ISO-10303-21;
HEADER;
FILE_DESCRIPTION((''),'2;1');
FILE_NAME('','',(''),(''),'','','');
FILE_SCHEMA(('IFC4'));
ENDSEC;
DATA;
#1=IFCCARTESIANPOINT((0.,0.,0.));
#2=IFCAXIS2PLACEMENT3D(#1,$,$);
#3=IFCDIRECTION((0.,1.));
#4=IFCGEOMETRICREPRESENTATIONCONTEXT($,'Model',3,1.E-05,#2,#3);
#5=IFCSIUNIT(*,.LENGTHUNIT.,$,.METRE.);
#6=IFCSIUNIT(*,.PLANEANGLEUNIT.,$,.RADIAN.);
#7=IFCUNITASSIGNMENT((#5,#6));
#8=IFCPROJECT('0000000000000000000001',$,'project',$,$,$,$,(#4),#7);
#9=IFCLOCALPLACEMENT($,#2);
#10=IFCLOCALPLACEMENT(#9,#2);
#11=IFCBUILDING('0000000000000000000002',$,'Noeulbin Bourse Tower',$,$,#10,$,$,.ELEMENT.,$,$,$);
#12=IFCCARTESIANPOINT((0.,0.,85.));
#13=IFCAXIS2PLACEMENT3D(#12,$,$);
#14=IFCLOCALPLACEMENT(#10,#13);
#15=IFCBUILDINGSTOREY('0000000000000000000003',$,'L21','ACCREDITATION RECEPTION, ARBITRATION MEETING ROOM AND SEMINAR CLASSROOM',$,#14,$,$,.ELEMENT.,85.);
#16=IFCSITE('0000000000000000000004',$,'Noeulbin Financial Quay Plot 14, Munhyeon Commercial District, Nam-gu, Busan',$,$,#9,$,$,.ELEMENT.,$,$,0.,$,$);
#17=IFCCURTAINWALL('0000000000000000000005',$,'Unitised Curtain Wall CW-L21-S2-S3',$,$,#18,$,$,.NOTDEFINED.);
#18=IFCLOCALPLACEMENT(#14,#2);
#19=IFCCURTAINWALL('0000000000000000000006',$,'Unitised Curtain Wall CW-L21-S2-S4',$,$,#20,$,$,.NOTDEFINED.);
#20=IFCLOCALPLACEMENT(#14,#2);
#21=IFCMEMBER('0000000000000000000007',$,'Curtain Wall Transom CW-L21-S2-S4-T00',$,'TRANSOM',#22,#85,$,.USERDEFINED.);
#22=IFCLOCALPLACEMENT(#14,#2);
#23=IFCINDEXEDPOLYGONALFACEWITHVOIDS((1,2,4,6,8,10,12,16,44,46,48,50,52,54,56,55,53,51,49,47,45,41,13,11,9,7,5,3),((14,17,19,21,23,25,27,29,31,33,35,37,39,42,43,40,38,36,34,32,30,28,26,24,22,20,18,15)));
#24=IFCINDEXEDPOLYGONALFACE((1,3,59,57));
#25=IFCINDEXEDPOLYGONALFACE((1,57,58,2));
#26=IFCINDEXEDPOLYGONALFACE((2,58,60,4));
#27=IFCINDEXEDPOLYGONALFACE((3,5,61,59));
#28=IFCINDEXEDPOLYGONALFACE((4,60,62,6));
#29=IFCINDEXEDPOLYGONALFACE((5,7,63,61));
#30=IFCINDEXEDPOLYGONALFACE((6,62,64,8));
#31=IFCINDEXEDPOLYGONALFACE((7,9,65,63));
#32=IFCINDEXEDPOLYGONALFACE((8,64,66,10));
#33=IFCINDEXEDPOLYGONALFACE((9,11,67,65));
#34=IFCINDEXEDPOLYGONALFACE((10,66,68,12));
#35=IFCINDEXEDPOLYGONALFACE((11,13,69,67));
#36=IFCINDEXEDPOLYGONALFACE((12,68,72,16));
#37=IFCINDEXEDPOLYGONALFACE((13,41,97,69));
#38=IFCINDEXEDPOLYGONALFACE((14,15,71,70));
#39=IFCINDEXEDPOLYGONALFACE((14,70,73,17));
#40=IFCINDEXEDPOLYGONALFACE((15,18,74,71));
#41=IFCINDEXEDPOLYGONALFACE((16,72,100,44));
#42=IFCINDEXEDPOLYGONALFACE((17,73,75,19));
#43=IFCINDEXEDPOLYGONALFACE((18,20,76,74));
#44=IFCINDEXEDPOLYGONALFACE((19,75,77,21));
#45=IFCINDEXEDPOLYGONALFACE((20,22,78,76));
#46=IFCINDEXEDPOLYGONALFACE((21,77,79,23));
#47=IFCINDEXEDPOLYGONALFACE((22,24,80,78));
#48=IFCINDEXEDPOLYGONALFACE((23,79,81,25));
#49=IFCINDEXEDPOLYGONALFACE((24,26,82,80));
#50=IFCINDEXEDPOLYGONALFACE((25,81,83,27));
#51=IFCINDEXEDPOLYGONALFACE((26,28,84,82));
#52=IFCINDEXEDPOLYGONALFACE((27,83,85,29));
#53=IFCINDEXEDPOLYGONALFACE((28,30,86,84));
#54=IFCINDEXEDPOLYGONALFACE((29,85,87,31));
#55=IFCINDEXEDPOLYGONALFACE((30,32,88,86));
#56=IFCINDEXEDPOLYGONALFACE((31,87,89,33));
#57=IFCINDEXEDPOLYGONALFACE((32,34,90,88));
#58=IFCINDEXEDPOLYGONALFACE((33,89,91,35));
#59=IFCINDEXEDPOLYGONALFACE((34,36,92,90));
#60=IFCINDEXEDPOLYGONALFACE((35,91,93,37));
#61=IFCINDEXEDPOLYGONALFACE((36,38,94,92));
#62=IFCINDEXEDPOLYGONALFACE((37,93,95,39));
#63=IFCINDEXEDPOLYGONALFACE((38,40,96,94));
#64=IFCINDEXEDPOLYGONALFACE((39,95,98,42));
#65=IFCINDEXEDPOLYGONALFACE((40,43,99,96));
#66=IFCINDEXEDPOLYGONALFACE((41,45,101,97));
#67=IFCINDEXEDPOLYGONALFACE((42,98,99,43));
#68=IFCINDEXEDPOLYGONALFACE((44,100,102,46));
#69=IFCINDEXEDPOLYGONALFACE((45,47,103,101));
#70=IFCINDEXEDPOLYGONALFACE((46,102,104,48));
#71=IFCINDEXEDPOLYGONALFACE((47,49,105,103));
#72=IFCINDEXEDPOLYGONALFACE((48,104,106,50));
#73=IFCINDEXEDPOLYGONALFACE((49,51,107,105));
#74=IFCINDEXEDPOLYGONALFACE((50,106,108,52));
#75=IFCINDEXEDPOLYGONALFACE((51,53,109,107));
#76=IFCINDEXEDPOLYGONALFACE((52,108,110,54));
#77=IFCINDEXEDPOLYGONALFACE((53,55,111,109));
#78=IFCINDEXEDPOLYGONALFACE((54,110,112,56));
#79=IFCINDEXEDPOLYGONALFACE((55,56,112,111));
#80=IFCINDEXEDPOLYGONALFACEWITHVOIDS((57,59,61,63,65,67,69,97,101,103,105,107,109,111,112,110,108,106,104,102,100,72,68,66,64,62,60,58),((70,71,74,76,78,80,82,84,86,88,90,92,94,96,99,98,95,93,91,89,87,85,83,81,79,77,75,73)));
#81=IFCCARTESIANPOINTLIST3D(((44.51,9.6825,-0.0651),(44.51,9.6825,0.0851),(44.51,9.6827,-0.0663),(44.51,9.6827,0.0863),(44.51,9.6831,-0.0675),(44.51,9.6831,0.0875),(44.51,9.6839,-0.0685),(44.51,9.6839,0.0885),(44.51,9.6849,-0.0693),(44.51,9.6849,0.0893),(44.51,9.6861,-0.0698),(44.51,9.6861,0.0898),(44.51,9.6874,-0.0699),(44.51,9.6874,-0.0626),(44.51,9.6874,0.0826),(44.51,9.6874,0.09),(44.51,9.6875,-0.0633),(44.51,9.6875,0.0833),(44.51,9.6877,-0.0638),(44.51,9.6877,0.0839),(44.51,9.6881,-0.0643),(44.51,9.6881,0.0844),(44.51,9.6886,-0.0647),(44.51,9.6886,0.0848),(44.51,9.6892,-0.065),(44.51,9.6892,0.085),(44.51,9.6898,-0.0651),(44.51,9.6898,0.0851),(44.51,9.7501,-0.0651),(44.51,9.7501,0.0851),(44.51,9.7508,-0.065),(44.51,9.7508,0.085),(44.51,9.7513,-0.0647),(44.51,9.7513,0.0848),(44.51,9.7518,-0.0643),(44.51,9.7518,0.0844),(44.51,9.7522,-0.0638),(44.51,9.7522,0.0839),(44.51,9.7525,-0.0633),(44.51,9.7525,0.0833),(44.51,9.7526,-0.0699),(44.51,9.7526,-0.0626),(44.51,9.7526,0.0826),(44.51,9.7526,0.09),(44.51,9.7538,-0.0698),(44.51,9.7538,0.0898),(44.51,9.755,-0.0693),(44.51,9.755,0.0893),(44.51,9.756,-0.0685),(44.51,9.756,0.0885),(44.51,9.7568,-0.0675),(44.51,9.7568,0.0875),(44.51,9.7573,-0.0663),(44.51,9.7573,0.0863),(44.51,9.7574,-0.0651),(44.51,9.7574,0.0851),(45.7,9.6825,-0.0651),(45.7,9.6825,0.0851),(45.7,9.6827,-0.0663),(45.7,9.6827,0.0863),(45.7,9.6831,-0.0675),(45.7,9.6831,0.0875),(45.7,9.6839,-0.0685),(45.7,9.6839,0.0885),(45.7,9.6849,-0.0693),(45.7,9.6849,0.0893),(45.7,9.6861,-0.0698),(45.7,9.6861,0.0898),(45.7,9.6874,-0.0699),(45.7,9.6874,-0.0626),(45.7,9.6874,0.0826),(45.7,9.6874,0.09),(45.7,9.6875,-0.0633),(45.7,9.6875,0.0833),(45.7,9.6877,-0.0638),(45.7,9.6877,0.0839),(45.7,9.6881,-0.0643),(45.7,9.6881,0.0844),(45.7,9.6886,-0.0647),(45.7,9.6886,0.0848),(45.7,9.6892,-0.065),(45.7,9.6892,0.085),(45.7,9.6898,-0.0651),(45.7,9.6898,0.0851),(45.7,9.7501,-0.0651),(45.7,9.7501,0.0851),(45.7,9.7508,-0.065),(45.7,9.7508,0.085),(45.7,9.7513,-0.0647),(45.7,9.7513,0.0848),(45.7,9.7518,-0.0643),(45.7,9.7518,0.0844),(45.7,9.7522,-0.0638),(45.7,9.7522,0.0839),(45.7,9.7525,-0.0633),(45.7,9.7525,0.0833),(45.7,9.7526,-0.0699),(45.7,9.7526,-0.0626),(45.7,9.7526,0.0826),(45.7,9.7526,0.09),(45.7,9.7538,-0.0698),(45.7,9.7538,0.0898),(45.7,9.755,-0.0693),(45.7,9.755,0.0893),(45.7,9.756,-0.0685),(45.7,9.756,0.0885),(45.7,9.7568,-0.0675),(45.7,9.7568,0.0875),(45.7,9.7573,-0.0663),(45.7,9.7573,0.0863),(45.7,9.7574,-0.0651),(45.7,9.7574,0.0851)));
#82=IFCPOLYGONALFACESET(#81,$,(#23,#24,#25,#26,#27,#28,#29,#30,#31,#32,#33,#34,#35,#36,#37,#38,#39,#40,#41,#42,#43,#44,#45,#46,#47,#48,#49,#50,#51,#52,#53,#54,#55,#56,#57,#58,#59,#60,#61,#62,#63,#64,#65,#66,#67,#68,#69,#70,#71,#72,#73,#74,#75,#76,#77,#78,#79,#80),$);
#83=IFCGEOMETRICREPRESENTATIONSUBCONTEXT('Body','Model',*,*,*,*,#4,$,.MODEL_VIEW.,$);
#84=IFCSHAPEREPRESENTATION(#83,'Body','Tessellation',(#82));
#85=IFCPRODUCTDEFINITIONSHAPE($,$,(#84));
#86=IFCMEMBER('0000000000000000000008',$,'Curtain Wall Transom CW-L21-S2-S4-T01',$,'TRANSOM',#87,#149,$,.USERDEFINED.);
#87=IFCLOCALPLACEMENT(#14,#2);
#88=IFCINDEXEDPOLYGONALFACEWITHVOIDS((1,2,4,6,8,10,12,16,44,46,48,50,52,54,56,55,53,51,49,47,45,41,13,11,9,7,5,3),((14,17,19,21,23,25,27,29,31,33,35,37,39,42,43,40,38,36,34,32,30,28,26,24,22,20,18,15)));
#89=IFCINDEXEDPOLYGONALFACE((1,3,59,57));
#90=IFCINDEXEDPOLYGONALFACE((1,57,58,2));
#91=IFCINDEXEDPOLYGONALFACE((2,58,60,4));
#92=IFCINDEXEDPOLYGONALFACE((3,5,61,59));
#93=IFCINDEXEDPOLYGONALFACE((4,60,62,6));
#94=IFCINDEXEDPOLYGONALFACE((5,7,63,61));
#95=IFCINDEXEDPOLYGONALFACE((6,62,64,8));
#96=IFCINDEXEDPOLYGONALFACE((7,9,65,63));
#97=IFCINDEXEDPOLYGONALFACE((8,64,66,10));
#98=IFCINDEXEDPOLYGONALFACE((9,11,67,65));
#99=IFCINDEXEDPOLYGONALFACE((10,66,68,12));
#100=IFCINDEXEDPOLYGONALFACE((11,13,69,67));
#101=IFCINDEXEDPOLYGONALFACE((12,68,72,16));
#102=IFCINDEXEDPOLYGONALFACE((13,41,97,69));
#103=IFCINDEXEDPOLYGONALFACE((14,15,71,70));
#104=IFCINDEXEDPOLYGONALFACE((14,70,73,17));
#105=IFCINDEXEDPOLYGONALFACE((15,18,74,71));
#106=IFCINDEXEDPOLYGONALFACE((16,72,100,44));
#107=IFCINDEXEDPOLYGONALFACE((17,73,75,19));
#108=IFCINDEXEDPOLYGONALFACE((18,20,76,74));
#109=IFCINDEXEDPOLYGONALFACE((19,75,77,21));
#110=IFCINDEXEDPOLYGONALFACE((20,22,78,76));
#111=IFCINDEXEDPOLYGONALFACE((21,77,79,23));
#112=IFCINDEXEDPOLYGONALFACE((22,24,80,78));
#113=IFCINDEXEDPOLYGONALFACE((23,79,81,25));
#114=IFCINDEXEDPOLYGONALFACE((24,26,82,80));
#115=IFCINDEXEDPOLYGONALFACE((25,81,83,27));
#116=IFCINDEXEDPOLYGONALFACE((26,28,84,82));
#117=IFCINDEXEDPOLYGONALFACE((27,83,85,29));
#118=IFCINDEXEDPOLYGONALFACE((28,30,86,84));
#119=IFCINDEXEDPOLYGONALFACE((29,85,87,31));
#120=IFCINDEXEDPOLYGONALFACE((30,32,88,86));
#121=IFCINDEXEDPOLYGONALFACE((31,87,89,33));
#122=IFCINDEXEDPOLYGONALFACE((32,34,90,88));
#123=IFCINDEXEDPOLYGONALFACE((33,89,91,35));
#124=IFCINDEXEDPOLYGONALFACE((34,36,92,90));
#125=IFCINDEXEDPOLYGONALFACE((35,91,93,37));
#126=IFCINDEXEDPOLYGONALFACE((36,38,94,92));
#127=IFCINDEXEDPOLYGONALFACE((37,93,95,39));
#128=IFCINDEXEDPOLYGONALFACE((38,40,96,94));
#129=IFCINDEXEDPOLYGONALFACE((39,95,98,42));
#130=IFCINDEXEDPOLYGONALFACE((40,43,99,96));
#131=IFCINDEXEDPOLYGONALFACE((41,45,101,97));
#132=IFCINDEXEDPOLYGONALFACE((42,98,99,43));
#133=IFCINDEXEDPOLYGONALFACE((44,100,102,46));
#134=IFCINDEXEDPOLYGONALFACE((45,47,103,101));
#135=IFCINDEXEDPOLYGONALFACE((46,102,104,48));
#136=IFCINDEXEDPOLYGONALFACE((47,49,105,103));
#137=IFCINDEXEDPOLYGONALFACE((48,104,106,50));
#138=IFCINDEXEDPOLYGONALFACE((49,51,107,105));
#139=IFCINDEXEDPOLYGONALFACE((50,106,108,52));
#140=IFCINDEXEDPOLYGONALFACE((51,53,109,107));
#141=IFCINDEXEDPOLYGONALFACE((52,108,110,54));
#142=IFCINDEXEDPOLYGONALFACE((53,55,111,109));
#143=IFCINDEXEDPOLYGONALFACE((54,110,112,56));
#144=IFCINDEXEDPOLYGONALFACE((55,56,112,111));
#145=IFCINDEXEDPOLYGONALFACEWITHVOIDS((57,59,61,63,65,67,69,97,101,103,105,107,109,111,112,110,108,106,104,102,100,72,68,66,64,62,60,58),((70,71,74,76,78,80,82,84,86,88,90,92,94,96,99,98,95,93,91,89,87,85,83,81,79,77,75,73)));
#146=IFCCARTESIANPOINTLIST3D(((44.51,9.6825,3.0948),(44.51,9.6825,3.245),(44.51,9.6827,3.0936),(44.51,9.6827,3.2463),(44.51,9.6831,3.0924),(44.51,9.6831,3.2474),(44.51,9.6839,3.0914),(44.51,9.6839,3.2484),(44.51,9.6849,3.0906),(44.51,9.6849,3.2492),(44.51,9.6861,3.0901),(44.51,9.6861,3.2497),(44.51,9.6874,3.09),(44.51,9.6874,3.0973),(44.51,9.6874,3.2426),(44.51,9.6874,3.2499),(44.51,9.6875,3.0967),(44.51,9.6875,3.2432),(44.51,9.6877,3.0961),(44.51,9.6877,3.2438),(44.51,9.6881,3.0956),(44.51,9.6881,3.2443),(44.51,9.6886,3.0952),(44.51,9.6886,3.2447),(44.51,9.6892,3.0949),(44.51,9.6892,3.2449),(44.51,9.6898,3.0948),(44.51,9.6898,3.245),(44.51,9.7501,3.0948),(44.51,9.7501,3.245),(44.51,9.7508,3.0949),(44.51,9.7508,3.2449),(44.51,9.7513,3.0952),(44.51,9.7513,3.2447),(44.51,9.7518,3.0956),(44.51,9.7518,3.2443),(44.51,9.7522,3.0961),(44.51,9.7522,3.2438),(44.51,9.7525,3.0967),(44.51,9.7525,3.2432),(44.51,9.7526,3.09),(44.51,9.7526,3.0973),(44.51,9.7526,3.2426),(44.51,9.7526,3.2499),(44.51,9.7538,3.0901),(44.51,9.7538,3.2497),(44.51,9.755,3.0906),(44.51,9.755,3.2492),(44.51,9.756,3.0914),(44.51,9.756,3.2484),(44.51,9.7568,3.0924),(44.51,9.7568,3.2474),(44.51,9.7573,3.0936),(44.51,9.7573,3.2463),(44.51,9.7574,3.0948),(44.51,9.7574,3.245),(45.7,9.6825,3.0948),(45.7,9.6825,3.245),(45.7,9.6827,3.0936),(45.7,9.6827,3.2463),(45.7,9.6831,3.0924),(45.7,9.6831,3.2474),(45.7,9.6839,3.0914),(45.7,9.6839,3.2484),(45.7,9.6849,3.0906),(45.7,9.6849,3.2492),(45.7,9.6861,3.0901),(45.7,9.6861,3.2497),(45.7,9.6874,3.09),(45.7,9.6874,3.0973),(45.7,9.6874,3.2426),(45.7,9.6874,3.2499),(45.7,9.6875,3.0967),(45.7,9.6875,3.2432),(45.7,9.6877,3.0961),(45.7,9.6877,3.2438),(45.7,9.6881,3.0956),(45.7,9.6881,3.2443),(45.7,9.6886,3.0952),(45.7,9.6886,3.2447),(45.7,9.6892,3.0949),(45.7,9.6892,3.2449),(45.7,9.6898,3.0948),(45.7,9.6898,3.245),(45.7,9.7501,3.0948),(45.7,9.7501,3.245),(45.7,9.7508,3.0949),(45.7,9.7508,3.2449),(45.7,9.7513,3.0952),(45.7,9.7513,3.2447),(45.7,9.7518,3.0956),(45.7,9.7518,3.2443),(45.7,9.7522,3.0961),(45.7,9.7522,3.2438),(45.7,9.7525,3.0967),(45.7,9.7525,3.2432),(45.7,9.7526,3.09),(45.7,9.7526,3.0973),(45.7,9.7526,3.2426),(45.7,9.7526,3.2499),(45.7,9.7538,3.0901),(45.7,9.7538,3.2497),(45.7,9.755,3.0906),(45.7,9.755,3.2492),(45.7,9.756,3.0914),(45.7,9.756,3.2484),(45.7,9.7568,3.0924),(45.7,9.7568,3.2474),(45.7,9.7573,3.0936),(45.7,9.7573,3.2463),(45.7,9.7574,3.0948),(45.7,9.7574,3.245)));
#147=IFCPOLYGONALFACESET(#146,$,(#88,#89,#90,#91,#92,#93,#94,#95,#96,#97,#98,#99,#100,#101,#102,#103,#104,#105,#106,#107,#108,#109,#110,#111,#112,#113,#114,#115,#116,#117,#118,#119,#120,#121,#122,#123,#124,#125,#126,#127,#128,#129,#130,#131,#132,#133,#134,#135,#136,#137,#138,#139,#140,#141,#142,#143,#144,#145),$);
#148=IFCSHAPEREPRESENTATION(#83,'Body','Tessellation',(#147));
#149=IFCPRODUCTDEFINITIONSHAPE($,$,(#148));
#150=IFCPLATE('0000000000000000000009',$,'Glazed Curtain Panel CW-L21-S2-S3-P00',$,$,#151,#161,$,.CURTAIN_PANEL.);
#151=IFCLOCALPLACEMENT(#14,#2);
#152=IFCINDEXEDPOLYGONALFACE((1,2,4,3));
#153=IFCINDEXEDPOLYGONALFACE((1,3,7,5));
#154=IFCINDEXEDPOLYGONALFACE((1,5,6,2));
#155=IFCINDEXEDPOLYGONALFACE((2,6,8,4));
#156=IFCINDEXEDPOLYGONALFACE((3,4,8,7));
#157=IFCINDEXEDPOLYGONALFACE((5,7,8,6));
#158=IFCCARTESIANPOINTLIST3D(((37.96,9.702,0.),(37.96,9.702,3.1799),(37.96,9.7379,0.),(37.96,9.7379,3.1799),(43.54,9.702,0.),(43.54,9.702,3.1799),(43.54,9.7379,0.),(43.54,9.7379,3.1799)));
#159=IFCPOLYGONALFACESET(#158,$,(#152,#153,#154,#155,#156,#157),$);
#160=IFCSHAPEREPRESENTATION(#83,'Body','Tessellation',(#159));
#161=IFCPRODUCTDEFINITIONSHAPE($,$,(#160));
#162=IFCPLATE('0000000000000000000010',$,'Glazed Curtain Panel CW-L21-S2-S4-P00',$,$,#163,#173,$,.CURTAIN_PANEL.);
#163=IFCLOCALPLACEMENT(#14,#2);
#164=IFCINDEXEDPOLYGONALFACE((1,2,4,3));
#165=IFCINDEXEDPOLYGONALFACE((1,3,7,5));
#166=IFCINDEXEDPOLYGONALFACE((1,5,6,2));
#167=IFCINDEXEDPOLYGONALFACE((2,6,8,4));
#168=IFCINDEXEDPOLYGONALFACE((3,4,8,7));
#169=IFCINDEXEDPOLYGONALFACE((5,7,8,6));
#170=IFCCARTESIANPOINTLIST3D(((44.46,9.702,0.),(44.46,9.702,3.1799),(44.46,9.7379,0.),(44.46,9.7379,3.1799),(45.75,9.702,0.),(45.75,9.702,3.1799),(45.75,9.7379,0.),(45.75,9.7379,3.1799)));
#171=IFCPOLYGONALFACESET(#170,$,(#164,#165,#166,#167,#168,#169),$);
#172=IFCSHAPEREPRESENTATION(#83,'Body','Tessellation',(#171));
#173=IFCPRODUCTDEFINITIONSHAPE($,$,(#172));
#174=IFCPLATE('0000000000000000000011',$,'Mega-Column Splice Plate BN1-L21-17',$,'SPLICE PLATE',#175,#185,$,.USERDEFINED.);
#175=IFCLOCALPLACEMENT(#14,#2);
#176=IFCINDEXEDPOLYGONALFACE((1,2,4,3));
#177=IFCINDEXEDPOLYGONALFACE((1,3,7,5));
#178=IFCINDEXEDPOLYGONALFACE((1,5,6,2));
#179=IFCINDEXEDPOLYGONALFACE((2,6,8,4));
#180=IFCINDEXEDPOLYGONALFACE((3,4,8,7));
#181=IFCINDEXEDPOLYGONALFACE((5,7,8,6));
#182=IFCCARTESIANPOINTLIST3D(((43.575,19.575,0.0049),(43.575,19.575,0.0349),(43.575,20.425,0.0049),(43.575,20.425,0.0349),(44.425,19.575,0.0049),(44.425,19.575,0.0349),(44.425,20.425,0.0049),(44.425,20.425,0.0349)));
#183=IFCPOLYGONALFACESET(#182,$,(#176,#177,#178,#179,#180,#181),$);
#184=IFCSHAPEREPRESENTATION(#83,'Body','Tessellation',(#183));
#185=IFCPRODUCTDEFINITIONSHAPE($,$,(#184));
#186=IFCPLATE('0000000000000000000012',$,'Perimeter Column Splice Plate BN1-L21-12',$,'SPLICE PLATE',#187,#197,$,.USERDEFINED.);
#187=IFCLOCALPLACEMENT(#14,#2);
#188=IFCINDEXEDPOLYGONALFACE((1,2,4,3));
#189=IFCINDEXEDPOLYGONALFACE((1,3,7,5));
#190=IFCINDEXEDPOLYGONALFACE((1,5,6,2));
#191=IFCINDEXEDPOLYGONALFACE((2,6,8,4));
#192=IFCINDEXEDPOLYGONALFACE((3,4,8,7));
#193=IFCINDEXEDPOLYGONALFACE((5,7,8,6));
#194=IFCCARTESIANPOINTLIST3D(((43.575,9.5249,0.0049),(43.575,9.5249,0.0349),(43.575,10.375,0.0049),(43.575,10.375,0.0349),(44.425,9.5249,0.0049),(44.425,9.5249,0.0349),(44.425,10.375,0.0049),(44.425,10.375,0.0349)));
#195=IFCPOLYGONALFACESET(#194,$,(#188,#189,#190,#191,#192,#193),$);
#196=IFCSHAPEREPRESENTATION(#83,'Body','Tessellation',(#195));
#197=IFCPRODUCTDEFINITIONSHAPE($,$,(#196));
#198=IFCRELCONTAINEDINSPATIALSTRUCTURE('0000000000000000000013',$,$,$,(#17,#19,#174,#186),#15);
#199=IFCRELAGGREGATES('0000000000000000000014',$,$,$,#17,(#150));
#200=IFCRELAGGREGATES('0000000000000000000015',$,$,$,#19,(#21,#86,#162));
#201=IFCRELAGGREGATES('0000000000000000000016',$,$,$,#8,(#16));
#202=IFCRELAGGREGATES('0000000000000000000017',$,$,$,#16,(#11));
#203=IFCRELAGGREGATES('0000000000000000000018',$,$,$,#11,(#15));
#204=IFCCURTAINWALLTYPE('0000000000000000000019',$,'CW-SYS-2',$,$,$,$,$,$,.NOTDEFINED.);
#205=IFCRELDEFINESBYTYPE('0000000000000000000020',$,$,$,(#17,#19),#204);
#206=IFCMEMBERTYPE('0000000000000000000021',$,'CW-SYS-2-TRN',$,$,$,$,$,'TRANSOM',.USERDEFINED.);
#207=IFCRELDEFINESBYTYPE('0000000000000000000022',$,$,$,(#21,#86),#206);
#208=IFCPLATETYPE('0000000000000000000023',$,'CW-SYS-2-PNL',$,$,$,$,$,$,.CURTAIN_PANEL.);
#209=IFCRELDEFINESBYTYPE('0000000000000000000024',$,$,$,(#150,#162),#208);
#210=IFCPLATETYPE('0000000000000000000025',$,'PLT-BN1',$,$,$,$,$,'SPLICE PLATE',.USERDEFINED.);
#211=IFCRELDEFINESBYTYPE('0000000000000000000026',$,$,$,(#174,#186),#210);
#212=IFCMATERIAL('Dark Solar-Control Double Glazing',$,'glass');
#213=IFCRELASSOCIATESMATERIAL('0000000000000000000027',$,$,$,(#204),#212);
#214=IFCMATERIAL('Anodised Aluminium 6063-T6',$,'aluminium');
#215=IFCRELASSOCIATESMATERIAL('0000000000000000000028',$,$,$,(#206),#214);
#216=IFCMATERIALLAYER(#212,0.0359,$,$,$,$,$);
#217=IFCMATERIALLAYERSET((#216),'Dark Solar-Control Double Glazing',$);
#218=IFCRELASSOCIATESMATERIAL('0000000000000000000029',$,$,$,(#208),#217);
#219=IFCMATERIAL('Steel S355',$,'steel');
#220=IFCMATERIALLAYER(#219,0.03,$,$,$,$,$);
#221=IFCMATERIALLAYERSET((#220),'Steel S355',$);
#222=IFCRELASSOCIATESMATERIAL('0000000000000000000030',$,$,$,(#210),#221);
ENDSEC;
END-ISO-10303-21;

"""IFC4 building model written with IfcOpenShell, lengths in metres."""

from ifc_helpers import new_model, si_unit, direction, frame, origin, origin_2d, place, context, subcontext, project, spatial, rectangle, hollow_rectangle, extrude, material, layer, layer_set, material_profile, profile_set, type_object, element, aggregate, save


model = new_model("IFC4")

# Units and contexts
model_context = context("Model", 3, precision=1e-05, world=origin(), true_north=direction((0.0, 1.0)))
body_context = subcontext(model_context, "Body", "Model", "MODEL_VIEW")
ifc_project = project(units=[si_unit("LENGTHUNIT", "METRE"), si_unit("PLANEANGLEUNIT", "RADIAN")], contexts=[model_context])

# Site, building, storey
site_placement = place(None, origin())
site = spatial("IfcSite", under=ifc_project, at=site_placement, Name="Noeulbin Financial Quay Plot 14, Munhyeon Commercial District, Nam-gu, Busan", CompositionType="ELEMENT", RefElevation=0.0)
building_placement = place(site_placement, origin())
building = spatial("IfcBuilding", under=site, at=building_placement, Name="Noeulbin Bourse Tower", CompositionType="ELEMENT")
storey_placement = place(building_placement, frame((0.0, 0.0, 85.0)))
storey = spatial("IfcBuildingStorey", under=building, at=storey_placement, Name="L21", Description="ACCREDITATION RECEPTION, ARBITRATION MEETING ROOM AND SEMINAR CLASSROOM", CompositionType="ELEMENT", Elevation=85.0)

# Shared definitions
ifc_material_1 = material(Name="Steel S355", Category="steel")

# Curtain wall
ifc_material_2 = material(Name="Dark Solar-Control Double Glazing", Category="glass")
curtain_wall_type = type_object("IfcCurtainWallType", Name="CW-SYS-2", PredefinedType="NOTDEFINED", material=ifc_material_2)
curtain_wall_1_placement = place(storey_placement, origin())
curtain_wall_1 = element("IfcCurtainWall", 1, at=curtain_wall_1_placement, inside=storey, type_object=curtain_wall_type, Name="Unitised Curtain Wall CW-L21-S2-S3", PredefinedType="NOTDEFINED")
ifc_material_3 = material(Name="Anodised Aluminium 6063-T6", Category="aluminium")

# Curtain wall, members
curtain_wall_2_placement = place(storey_placement, origin())
curtain_wall_2 = element("IfcCurtainWall", 2, at=curtain_wall_2_placement, inside=storey, type_object=curtain_wall_type, Name="Unitised Curtain Wall CW-L21-S2-S4", PredefinedType="NOTDEFINED")
ifc_material_profile_1 = material_profile(ifc_material_3, hollow_rectangle(XDim=0.075, YDim=0.1599, WallThickness=0.0049, InnerFilletRadius=0.0024, OuterFilletRadius=0.0049, at=origin_2d()), Name="ALU-TRAN-75x160x5", Category="LoadBearing")
ifc_profile_set_1 = profile_set([ifc_material_profile_1], Name="Anodised Aluminium 6063-T6")
member_type_1 = type_object("IfcMemberType", Name="CW-SYS-2-TRN", ElementType="TRANSOM", PredefinedType="USERDEFINED", material=ifc_profile_set_1)
member_1_placement = place(storey_placement, frame((44.51, 9.72, 0.01), z_axis=(1.0, 0.0, 0.0), x_axis=(0.0, 1.0, 0.0)))
member_1 = element("IfcMember", 3, at=member_1_placement, type_object=member_type_1, Name="Curtain Wall Transom CW-L21-S2-S4-T00", ObjectType="TRANSOM", PredefinedType="USERDEFINED", context=body_context, shape_type="SweptSolid", body=[
    extrude(hollow_rectangle(XDim=0.075, YDim=0.1599, WallThickness=0.0049, InnerFilletRadius=0.0024, OuterFilletRadius=0.0049, at=origin_2d()), origin(), (0.0, 0.0, 1.0), 1.1899),
])
member_2_placement = place(storey_placement, frame((44.51, 9.72, 3.1699), z_axis=(1.0, 0.0, 0.0), x_axis=(0.0, 1.0, 0.0)))
member_2 = element("IfcMember", 4, at=member_2_placement, type_object=member_type_1, Name="Curtain Wall Transom CW-L21-S2-S4-T01", ObjectType="TRANSOM", PredefinedType="USERDEFINED", context=body_context, shape_type="SweptSolid", body=[
    extrude(hollow_rectangle(XDim=0.075, YDim=0.1599, WallThickness=0.0049, InnerFilletRadius=0.0024, OuterFilletRadius=0.0049, at=origin_2d()), origin(), (0.0, 0.0, 1.0), 1.1899),
])

# Plates
ifc_layer_1 = layer(ifc_material_2, 0.0359)
ifc_layer_set_1 = layer_set([ifc_layer_1], Name="Dark Solar-Control Double Glazing")
plate_type_1 = type_object("IfcPlateType", Name="CW-SYS-2-PNL", PredefinedType="CURTAIN_PANEL", material=ifc_layer_set_1)
plate_1_placement = place(storey_placement, frame((40.75, 9.72, 0.0), z_axis=(0.0, 0.0, 1.0), x_axis=(1.0, 0.0, 0.0)))
plate_1 = element("IfcPlate", 5, at=plate_1_placement, type_object=plate_type_1, Name="Glazed Curtain Panel CW-L21-S2-S3-P00", PredefinedType="CURTAIN_PANEL", context=body_context, shape_type="SweptSolid", body=[
    extrude(rectangle(XDim=5.5801, YDim=0.0359, at=origin_2d()), origin(), (0.0, 0.0, 1.0), 3.1799),
])
aggregate(curtain_wall_1, [plate_1])
plate_2_placement = place(storey_placement, frame((45.105, 9.72, 0.0), z_axis=(0.0, 0.0, 1.0), x_axis=(1.0, 0.0, 0.0)))
plate_2 = element("IfcPlate", 6, at=plate_2_placement, type_object=plate_type_1, Name="Glazed Curtain Panel CW-L21-S2-S4-P00", PredefinedType="CURTAIN_PANEL", context=body_context, shape_type="SweptSolid", body=[
    extrude(rectangle(XDim=1.29, YDim=0.0359, at=origin_2d()), origin(), (0.0, 0.0, 1.0), 3.1799),
])
aggregate(curtain_wall_2, [member_1, member_2, plate_2])

# Plates
ifc_layer_2 = layer(ifc_material_1, 0.03)
ifc_layer_set_2 = layer_set([ifc_layer_2], Name="Steel S355")
plate_type_2 = type_object("IfcPlateType", Name="PLT-BN1", ElementType="SPLICE PLATE", PredefinedType="USERDEFINED", material=ifc_layer_set_2)
for number, where, z_axis, x_axis, name in (
    (7, (44.0, 20.0, 0.0049), (0.0, 0.0, 1.0), (1.0, 0.0, 0.0), "Mega-Column Splice Plate BN1-L21-17"),
    (8, (44.0, 9.95, 0.0049), (0.0, 0.0, 1.0), (1.0, 0.0, 0.0), "Perimeter Column Splice Plate BN1-L21-12"),
):
    element("IfcPlate", number, at=place(storey_placement, frame(where, z_axis=z_axis, x_axis=x_axis)), inside=storey, type_object=plate_type_2, Name=name, ObjectType="SPLICE PLATE", PredefinedType="USERDEFINED", context=body_context, shape_type="SweptSolid", body=[
        extrude(rectangle(XDim=0.8501, YDim=0.8501, at=origin_2d()), origin(), (0.0, 0.0, 1.0), 0.03),
    ])

save(model, "model.ifc")
